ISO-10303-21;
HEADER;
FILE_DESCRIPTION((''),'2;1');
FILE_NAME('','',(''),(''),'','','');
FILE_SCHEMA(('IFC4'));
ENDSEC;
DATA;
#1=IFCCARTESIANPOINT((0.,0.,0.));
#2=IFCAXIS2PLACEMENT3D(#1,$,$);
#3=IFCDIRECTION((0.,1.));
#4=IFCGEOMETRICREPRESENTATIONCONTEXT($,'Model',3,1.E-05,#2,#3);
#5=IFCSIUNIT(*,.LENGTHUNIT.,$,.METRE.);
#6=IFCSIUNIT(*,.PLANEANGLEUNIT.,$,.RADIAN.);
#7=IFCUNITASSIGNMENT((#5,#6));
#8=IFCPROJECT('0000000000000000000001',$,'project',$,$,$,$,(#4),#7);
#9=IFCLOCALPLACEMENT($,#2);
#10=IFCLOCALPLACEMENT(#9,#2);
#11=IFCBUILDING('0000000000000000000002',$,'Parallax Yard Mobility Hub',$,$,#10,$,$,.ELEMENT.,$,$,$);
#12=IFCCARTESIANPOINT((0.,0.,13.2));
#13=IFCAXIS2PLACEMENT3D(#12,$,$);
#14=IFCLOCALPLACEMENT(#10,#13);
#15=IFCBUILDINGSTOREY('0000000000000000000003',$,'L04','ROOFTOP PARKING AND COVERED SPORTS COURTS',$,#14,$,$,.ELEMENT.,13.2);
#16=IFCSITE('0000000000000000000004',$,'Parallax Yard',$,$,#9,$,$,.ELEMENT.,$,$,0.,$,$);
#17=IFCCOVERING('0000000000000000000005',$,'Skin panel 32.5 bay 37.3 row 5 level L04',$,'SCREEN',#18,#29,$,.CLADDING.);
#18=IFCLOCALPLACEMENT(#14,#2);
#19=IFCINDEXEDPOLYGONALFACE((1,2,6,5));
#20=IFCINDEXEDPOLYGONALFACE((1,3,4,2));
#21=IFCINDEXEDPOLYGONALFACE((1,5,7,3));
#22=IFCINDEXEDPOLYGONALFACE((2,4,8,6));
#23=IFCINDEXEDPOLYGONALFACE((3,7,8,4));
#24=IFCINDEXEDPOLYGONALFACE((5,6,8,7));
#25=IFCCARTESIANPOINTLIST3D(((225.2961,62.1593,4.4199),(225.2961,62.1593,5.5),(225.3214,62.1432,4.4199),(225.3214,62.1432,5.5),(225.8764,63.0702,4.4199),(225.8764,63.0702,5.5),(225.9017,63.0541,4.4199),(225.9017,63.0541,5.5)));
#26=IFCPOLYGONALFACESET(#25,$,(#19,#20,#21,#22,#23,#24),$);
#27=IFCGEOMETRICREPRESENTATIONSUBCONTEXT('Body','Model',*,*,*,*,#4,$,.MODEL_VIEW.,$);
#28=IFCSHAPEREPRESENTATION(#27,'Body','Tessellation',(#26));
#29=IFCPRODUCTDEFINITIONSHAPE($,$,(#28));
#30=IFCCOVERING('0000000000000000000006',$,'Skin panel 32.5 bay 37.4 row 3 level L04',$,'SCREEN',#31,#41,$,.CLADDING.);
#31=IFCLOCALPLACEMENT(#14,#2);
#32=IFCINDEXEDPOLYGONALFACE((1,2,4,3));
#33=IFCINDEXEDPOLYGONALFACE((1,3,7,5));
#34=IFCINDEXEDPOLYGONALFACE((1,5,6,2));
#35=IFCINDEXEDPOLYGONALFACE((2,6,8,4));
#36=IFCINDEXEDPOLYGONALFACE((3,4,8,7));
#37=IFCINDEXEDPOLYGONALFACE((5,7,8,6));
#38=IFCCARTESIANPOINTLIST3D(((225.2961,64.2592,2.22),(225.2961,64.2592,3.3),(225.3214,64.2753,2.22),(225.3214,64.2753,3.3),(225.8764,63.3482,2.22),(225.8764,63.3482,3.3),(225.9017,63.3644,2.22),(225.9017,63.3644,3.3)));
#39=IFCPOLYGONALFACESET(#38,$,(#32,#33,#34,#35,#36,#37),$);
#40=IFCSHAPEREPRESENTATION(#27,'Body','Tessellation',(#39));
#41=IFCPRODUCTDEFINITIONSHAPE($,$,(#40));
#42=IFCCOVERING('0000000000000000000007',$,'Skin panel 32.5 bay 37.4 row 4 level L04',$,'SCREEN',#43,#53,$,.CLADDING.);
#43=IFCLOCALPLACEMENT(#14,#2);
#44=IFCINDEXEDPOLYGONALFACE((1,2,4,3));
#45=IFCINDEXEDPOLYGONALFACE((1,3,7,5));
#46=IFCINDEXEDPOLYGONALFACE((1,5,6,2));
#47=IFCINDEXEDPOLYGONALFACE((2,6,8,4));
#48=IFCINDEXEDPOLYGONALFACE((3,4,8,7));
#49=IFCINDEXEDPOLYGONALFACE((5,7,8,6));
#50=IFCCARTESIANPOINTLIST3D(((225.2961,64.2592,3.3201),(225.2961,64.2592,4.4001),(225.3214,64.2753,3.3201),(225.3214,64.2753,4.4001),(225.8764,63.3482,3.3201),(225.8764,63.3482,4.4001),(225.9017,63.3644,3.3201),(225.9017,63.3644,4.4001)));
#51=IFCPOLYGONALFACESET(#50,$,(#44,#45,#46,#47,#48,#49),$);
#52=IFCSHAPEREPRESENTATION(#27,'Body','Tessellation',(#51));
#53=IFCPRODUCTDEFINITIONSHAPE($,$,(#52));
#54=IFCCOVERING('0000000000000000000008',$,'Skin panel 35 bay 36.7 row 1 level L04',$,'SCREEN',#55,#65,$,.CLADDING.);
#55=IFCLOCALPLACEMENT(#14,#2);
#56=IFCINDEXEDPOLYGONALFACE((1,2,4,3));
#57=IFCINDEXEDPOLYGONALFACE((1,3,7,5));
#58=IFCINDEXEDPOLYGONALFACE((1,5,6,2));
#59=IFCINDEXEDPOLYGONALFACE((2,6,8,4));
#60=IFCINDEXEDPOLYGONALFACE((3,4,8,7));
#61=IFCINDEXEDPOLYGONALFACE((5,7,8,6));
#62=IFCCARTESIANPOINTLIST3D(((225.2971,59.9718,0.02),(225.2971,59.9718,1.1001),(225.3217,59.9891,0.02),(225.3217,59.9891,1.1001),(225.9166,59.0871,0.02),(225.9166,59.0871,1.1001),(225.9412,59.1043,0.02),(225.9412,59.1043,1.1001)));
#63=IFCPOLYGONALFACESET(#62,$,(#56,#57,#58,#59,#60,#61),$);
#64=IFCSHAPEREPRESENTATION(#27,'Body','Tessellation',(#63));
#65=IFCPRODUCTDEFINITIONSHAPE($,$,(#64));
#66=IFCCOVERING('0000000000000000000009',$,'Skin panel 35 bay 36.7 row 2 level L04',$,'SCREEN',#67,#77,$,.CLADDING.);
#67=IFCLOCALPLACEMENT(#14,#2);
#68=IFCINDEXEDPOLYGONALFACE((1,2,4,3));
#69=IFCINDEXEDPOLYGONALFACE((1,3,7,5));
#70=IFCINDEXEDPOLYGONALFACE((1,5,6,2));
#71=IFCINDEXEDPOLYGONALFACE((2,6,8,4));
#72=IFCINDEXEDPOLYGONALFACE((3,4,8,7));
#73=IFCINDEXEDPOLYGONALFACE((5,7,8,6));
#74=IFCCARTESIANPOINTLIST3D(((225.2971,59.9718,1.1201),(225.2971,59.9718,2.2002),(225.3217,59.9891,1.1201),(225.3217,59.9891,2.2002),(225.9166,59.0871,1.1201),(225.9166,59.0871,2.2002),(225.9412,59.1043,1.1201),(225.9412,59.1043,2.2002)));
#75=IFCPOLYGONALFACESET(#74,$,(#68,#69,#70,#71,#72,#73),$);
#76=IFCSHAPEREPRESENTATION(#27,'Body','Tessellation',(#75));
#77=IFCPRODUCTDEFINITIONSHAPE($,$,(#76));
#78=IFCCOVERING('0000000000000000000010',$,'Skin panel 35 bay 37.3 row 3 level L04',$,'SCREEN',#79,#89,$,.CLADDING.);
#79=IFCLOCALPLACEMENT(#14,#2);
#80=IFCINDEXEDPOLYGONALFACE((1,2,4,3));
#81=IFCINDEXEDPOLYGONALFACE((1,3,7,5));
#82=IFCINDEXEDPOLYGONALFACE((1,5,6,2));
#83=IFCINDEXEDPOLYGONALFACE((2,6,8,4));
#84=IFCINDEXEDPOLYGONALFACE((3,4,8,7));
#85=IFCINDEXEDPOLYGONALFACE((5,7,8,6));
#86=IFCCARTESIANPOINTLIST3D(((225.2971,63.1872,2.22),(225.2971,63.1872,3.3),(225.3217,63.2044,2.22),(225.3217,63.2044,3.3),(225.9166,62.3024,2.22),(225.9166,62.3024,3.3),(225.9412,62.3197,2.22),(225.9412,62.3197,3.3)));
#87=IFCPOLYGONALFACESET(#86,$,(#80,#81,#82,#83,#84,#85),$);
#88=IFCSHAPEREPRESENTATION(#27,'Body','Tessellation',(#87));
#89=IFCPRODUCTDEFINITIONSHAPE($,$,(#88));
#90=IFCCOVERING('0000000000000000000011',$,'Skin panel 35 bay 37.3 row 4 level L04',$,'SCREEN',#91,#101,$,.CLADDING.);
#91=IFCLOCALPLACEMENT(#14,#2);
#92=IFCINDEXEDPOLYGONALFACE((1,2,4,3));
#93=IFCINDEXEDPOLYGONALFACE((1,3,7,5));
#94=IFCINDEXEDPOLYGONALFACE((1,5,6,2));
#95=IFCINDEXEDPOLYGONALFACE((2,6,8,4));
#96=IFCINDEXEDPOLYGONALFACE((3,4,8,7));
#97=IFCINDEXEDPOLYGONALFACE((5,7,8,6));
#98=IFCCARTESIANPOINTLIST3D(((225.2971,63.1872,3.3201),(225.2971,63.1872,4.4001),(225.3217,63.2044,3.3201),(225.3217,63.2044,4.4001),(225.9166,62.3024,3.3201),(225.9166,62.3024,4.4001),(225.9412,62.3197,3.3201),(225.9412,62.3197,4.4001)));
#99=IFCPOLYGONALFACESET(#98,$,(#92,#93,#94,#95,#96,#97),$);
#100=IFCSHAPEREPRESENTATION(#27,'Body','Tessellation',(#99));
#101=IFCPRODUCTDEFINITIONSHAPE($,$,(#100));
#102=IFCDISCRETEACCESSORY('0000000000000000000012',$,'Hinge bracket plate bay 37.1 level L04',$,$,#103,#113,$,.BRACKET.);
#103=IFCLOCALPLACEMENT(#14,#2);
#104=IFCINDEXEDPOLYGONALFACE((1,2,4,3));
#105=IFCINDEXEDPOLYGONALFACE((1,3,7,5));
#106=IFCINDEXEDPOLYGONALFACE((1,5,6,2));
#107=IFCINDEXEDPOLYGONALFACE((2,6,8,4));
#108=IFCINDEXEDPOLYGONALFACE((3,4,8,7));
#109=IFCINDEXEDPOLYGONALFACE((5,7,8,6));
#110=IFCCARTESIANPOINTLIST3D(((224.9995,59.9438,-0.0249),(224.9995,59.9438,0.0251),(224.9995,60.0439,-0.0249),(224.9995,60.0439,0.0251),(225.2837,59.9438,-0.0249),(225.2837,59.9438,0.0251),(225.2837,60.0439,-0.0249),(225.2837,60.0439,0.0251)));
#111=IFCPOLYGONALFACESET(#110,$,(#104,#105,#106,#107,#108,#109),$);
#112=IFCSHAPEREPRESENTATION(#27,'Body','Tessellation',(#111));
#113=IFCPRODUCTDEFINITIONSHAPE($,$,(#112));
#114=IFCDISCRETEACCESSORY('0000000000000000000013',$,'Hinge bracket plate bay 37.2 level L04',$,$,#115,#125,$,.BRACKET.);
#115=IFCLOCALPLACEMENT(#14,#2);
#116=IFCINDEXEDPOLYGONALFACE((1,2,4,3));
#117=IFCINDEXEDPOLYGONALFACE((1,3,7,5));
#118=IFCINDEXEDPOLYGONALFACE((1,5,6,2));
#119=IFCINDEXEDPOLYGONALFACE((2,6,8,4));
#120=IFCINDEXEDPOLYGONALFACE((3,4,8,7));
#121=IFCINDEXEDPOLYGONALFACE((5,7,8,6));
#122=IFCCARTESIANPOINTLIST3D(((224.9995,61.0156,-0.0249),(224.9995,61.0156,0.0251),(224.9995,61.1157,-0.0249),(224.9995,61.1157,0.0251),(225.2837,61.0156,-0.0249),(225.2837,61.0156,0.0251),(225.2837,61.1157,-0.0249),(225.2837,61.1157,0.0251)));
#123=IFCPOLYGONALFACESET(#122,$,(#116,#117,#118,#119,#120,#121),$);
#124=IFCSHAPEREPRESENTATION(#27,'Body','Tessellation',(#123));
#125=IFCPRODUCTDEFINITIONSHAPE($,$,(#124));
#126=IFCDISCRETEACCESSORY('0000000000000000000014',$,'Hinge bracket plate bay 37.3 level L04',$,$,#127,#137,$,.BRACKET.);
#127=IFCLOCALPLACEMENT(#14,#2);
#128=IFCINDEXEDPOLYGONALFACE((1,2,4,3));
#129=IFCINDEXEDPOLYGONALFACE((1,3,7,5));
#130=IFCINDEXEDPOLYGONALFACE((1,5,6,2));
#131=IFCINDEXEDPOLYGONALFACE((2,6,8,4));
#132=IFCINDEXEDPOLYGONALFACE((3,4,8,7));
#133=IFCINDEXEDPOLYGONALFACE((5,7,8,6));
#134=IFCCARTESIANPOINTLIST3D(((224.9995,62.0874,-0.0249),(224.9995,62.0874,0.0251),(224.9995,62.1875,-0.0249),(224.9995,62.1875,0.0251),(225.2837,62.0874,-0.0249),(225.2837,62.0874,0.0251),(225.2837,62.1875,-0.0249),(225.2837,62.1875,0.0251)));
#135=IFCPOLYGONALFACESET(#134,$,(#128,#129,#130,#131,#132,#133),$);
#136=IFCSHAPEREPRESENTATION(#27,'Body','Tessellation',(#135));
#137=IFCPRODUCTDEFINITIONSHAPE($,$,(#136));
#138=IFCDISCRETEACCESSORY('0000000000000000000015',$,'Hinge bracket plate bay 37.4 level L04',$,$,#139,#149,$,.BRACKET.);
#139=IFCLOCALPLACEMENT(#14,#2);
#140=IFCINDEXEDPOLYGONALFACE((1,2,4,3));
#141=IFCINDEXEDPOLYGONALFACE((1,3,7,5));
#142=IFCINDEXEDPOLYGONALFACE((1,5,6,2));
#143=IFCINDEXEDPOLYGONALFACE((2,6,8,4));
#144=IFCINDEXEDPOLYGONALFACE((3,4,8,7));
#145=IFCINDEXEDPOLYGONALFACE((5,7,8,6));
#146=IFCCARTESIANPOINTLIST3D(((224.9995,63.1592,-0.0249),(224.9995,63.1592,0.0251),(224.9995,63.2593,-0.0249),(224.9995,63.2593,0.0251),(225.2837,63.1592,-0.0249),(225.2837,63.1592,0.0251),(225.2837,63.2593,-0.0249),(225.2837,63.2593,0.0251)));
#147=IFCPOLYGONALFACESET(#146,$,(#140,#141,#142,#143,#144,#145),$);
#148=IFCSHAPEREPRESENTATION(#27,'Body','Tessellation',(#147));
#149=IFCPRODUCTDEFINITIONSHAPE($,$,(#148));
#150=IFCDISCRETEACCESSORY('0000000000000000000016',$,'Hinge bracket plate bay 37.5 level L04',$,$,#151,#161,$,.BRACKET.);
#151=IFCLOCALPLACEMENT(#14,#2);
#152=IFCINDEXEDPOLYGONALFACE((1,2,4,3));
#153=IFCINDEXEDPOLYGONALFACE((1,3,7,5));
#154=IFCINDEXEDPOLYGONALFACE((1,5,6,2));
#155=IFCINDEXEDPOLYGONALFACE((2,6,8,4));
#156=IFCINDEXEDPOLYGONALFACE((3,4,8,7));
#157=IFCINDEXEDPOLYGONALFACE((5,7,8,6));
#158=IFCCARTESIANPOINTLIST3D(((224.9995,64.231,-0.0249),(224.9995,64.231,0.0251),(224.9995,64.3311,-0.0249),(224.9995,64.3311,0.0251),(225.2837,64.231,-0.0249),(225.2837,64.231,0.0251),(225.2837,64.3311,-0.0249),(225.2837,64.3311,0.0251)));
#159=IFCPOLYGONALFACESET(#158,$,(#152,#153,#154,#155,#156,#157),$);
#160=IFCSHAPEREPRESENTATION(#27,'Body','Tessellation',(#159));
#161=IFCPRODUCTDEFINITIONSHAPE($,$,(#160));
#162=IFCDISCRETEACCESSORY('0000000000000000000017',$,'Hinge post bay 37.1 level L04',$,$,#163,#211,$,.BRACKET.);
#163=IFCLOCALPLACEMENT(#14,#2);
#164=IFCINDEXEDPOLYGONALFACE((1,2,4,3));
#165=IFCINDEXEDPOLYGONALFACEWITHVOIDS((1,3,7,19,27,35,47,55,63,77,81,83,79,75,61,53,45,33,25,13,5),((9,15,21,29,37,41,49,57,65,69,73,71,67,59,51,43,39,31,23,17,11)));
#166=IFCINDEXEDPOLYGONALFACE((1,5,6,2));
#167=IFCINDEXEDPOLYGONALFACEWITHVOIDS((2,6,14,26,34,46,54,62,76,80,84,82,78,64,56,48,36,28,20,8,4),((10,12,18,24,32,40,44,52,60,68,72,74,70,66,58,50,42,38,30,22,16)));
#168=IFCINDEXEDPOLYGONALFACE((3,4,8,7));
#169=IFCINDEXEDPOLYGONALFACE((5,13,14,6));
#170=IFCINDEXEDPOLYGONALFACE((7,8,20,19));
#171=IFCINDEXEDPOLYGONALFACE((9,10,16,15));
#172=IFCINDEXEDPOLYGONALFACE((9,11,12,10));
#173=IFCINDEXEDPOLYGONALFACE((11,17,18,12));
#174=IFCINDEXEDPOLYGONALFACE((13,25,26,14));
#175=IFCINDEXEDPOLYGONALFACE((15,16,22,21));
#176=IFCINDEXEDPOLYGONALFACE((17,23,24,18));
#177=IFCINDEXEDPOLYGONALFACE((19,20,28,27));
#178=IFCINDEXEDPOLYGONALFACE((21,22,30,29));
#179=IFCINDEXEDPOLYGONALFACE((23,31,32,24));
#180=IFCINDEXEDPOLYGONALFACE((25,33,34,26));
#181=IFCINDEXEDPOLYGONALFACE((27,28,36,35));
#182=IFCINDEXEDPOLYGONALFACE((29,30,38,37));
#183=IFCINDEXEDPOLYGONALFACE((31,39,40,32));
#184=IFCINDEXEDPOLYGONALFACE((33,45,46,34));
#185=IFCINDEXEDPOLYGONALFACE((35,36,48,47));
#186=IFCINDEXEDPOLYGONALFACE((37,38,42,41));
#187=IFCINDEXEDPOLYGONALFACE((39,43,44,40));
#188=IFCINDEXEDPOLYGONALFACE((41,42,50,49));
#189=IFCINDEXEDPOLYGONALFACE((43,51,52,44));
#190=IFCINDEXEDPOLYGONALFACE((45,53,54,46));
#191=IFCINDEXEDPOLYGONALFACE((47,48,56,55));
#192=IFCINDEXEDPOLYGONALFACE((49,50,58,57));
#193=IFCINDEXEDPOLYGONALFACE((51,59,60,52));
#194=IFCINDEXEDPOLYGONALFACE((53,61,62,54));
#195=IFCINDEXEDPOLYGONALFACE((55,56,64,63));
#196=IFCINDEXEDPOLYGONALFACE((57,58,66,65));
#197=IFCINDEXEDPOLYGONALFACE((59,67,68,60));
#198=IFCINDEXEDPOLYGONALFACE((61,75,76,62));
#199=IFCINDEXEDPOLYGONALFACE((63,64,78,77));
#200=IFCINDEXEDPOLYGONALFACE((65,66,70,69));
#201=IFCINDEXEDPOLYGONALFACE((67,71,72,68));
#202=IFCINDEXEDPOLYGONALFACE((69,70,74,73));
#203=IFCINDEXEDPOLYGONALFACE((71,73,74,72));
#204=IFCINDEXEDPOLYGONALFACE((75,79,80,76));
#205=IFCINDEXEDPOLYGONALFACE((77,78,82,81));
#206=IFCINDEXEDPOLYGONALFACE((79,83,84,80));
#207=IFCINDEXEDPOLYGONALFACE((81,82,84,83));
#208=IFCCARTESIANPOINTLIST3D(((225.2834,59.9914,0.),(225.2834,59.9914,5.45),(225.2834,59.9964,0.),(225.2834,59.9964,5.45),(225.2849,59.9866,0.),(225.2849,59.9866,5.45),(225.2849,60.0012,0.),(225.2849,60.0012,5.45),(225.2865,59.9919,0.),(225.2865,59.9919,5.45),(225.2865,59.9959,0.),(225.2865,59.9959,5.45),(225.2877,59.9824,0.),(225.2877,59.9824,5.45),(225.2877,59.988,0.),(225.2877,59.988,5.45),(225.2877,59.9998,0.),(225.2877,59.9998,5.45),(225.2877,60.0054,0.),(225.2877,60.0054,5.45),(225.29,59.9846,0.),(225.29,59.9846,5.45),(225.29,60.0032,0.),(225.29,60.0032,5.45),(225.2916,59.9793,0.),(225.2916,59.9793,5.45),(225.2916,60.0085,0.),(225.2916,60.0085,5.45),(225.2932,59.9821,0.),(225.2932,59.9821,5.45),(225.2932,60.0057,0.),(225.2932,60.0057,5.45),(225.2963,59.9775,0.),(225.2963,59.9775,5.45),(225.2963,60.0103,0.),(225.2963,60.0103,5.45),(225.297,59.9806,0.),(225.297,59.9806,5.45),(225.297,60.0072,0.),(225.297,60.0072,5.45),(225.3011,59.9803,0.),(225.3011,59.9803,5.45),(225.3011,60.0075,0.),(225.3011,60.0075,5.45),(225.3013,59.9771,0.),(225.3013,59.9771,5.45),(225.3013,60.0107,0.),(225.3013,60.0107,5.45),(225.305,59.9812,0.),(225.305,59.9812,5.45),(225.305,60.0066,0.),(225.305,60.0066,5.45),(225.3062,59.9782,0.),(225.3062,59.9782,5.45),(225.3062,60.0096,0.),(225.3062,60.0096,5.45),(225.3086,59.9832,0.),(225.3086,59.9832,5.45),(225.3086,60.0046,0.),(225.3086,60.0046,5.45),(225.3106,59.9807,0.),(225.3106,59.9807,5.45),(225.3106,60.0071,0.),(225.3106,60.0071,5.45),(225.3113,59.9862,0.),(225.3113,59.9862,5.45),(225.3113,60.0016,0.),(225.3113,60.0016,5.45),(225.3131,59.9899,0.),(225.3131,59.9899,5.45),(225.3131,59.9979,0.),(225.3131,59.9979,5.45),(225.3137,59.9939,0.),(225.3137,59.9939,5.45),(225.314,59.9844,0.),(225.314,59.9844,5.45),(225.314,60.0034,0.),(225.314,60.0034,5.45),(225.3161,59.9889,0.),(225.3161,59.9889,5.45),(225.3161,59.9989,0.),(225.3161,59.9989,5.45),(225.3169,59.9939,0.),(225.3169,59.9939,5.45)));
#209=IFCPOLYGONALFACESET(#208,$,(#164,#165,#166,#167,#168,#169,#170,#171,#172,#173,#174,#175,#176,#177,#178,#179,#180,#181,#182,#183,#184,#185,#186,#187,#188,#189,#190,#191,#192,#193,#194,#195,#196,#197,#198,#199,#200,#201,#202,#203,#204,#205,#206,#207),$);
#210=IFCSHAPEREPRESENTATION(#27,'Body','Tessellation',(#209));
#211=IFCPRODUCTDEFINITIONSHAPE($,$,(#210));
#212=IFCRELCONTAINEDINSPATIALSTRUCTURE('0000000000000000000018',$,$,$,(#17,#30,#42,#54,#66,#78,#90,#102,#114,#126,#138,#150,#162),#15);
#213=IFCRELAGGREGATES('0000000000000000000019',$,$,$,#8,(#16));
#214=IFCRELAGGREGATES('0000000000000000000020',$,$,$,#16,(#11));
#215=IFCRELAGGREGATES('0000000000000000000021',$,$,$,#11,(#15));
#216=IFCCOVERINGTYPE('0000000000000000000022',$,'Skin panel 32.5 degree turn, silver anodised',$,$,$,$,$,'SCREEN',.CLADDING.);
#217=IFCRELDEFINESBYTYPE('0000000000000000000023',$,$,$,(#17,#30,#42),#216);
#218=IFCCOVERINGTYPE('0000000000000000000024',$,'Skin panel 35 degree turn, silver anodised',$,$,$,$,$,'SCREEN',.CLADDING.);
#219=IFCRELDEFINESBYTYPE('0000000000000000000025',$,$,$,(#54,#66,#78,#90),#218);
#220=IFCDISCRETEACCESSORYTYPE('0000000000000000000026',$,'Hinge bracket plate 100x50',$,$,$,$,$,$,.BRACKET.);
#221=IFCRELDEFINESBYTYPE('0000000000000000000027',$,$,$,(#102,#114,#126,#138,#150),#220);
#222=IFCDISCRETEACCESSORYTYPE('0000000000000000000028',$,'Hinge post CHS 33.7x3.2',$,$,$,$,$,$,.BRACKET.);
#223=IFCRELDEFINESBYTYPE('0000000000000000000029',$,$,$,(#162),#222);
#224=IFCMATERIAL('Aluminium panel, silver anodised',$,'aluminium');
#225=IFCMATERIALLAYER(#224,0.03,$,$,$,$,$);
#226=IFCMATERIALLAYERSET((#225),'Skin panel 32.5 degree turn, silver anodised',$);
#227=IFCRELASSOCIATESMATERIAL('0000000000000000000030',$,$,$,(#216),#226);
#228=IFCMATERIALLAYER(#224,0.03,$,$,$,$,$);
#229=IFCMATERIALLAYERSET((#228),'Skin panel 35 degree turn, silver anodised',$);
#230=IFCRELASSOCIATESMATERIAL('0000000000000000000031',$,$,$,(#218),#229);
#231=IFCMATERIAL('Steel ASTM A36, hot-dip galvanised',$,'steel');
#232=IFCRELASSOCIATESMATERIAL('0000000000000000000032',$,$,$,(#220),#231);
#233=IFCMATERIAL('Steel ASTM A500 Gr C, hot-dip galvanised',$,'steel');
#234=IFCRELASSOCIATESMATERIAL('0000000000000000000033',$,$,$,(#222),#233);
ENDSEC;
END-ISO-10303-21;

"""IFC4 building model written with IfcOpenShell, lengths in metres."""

from ifc_helpers import new_model, si_unit, direction, frame, origin, origin_2d, place, context, subcontext, project, spatial, rectangle, hollow_circle, extrude, material, layer, layer_set, material_profile, profile_set, type_object, element, save


model = new_model("IFC4")

# Units and contexts
model_context = context("Model", 3, precision=1e-05, world=origin(), true_north=direction((0.0, 1.0)))
body_context = subcontext(model_context, "Body", "Model", "MODEL_VIEW")
ifc_project = project(units=[si_unit("LENGTHUNIT", "METRE"), si_unit("PLANEANGLEUNIT", "RADIAN")], contexts=[model_context])

# Site, building, storey
site_placement = place(None, origin())
site = spatial("IfcSite", under=ifc_project, at=site_placement, Name="Parallax Yard", CompositionType="ELEMENT", RefElevation=0.0)
building_placement = place(site_placement, origin())
building = spatial("IfcBuilding", under=site, at=building_placement, Name="Parallax Yard Mobility Hub", CompositionType="ELEMENT")
storey_placement = place(building_placement, frame((0.0, 0.0, 13.2)))
storey = spatial("IfcBuildingStorey", under=building, at=storey_placement, Name="L04", Description="ROOFTOP PARKING AND COVERED SPORTS COURTS", CompositionType="ELEMENT", Elevation=13.2)

# Coverings
ifc_material_1 = material(Name="Aluminium panel, silver anodised", Category="aluminium")
ifc_layer_1 = layer(ifc_material_1, 0.03)
ifc_layer_set_1 = layer_set([ifc_layer_1], Name="Skin panel 32.5 degree turn, silver anodised")
covering_type_1 = type_object("IfcCoveringType", Name="Skin panel 32.5 degree turn, silver anodised", ElementType="SCREEN", PredefinedType="CLADDING", material=ifc_layer_set_1)
for number, where, z_axis, x_axis, name in (
    (1, (225.5989, 62.6067, 4.4199), (0.0, 0.0, 1.0), (0.5373, 0.843391, 0.0), "Skin panel 32.5 bay 37.3 row 5 level L04"),
    (2, (225.5989, 63.8118, 2.22), (0.0, 0.0, 1.0), (0.5373, -0.843391, 0.0), "Skin panel 32.5 bay 37.4 row 3 level L04"),
    (3, (225.5989, 63.8118, 3.3201), (0.0, 0.0, 1.0), (0.5373, -0.843391, 0.0), "Skin panel 32.5 bay 37.4 row 4 level L04"),
):
    element("IfcCovering", number, at=place(storey_placement, frame(where, z_axis=z_axis, x_axis=x_axis)), inside=storey, type_object=covering_type_1, Name=name, ObjectType="SCREEN", PredefinedType="CLADDING", context=body_context, shape_type="SweptSolid", body=[
        extrude(rectangle(XDim=1.0801, YDim=0.03, at=origin_2d()), origin(), (0.0, 0.0, 1.0), 1.0801),
    ])
ifc_layer_2 = layer(ifc_material_1, 0.03)
ifc_layer_set_2 = layer_set([ifc_layer_2], Name="Skin panel 35 degree turn, silver anodised")
covering_type_2 = type_object("IfcCoveringType", Name="Skin panel 35 degree turn, silver anodised", ElementType="SCREEN", PredefinedType="CLADDING", material=ifc_layer_set_2)
for number, where, z_axis, x_axis, name in (
    (4, (225.6191, 59.5381, 0.02), (0.0, 0.0, 1.0), (0.573576, -0.819152, 0.0), "Skin panel 35 bay 36.7 row 1 level L04"),
    (5, (225.6191, 59.5381, 1.1201), (0.0, 0.0, 1.0), (0.573576, -0.819152, 0.0), "Skin panel 35 bay 36.7 row 2 level L04"),
    (6, (225.6191, 62.7534, 2.22), (0.0, 0.0, 1.0), (0.573576, -0.819152, 0.0), "Skin panel 35 bay 37.3 row 3 level L04"),
    (7, (225.6191, 62.7534, 3.3201), (0.0, 0.0, 1.0), (0.573576, -0.819152, 0.0), "Skin panel 35 bay 37.3 row 4 level L04"),
):
    element("IfcCovering", number, at=place(storey_placement, frame(where, z_axis=z_axis, x_axis=x_axis)), inside=storey, type_object=covering_type_2, Name=name, ObjectType="SCREEN", PredefinedType="CLADDING", context=body_context, shape_type="SweptSolid", body=[
        extrude(rectangle(XDim=1.0801, YDim=0.03, at=origin_2d()), origin(), (0.0, 0.0, 1.0), 1.0801),
    ])

# Discrete accessories
ifc_material_2 = material(Name="Steel ASTM A36, hot-dip galvanised", Category="steel")
discrete_accessory_type_1 = type_object("IfcDiscreteAccessoryType", Name="Hinge bracket plate 100x50", PredefinedType="BRACKET", material=ifc_material_2)
for number, where, z_axis, x_axis, name in (
    (8, (225.1416, 59.9939, -0.0249), (0.0, 0.0, 1.0), (1.0, 0.0, 0.0), "Hinge bracket plate bay 37.1 level L04"),
    (9, (225.1416, 61.0657, -0.0249), (0.0, 0.0, 1.0), (1.0, 0.0, 0.0), "Hinge bracket plate bay 37.2 level L04"),
    (10, (225.1416, 62.1375, -0.0249), (0.0, 0.0, 1.0), (1.0, 0.0, 0.0), "Hinge bracket plate bay 37.3 level L04"),
    (11, (225.1416, 63.2092, -0.0249), (0.0, 0.0, 1.0), (1.0, 0.0, 0.0), "Hinge bracket plate bay 37.4 level L04"),
    (12, (225.1416, 64.281, -0.0249), (0.0, 0.0, 1.0), (1.0, 0.0, 0.0), "Hinge bracket plate bay 37.5 level L04"),
):
    element("IfcDiscreteAccessory", number, at=place(storey_placement, frame(where, z_axis=z_axis, x_axis=x_axis)), inside=storey, type_object=discrete_accessory_type_1, Name=name, PredefinedType="BRACKET", context=body_context, shape_type="SweptSolid", body=[
        extrude(rectangle(XDim=0.2842, YDim=0.1001, at=origin_2d()), origin(), (0.0, 0.0, 1.0), 0.05),
    ])
ifc_material_3 = material(Name="Steel ASTM A500 Gr C, hot-dip galvanised", Category="steel")
ifc_material_profile = material_profile(ifc_material_3, hollow_circle(Radius=0.0168, WallThickness=0.0032, at=origin_2d()), Name="CHS 33.7x3.2")
ifc_profile_set = profile_set([ifc_material_profile], Name="Steel ASTM A500 Gr C, hot-dip galvanised")
discrete_accessory_type_2 = type_object("IfcDiscreteAccessoryType", Name="Hinge post CHS 33.7x3.2", PredefinedType="BRACKET", material=ifc_profile_set)
for number, where, z_axis, x_axis, name in (
    (13, (225.3, 59.9939, 0.0), (0.0, 0.0, 1.0), (1.0, 0.0, 0.0), "Hinge post bay 37.1 level L04"),
):
    element("IfcDiscreteAccessory", number, at=place(storey_placement, frame(where, z_axis=z_axis, x_axis=x_axis)), inside=storey, type_object=discrete_accessory_type_2, Name=name, PredefinedType="BRACKET", context=body_context, shape_type="SweptSolid", body=[
        extrude(hollow_circle(Radius=0.0168, WallThickness=0.0032, at=origin_2d()), origin(), (0.0, 0.0, 1.0), 5.45),
    ])

save(model, "model.ifc")
